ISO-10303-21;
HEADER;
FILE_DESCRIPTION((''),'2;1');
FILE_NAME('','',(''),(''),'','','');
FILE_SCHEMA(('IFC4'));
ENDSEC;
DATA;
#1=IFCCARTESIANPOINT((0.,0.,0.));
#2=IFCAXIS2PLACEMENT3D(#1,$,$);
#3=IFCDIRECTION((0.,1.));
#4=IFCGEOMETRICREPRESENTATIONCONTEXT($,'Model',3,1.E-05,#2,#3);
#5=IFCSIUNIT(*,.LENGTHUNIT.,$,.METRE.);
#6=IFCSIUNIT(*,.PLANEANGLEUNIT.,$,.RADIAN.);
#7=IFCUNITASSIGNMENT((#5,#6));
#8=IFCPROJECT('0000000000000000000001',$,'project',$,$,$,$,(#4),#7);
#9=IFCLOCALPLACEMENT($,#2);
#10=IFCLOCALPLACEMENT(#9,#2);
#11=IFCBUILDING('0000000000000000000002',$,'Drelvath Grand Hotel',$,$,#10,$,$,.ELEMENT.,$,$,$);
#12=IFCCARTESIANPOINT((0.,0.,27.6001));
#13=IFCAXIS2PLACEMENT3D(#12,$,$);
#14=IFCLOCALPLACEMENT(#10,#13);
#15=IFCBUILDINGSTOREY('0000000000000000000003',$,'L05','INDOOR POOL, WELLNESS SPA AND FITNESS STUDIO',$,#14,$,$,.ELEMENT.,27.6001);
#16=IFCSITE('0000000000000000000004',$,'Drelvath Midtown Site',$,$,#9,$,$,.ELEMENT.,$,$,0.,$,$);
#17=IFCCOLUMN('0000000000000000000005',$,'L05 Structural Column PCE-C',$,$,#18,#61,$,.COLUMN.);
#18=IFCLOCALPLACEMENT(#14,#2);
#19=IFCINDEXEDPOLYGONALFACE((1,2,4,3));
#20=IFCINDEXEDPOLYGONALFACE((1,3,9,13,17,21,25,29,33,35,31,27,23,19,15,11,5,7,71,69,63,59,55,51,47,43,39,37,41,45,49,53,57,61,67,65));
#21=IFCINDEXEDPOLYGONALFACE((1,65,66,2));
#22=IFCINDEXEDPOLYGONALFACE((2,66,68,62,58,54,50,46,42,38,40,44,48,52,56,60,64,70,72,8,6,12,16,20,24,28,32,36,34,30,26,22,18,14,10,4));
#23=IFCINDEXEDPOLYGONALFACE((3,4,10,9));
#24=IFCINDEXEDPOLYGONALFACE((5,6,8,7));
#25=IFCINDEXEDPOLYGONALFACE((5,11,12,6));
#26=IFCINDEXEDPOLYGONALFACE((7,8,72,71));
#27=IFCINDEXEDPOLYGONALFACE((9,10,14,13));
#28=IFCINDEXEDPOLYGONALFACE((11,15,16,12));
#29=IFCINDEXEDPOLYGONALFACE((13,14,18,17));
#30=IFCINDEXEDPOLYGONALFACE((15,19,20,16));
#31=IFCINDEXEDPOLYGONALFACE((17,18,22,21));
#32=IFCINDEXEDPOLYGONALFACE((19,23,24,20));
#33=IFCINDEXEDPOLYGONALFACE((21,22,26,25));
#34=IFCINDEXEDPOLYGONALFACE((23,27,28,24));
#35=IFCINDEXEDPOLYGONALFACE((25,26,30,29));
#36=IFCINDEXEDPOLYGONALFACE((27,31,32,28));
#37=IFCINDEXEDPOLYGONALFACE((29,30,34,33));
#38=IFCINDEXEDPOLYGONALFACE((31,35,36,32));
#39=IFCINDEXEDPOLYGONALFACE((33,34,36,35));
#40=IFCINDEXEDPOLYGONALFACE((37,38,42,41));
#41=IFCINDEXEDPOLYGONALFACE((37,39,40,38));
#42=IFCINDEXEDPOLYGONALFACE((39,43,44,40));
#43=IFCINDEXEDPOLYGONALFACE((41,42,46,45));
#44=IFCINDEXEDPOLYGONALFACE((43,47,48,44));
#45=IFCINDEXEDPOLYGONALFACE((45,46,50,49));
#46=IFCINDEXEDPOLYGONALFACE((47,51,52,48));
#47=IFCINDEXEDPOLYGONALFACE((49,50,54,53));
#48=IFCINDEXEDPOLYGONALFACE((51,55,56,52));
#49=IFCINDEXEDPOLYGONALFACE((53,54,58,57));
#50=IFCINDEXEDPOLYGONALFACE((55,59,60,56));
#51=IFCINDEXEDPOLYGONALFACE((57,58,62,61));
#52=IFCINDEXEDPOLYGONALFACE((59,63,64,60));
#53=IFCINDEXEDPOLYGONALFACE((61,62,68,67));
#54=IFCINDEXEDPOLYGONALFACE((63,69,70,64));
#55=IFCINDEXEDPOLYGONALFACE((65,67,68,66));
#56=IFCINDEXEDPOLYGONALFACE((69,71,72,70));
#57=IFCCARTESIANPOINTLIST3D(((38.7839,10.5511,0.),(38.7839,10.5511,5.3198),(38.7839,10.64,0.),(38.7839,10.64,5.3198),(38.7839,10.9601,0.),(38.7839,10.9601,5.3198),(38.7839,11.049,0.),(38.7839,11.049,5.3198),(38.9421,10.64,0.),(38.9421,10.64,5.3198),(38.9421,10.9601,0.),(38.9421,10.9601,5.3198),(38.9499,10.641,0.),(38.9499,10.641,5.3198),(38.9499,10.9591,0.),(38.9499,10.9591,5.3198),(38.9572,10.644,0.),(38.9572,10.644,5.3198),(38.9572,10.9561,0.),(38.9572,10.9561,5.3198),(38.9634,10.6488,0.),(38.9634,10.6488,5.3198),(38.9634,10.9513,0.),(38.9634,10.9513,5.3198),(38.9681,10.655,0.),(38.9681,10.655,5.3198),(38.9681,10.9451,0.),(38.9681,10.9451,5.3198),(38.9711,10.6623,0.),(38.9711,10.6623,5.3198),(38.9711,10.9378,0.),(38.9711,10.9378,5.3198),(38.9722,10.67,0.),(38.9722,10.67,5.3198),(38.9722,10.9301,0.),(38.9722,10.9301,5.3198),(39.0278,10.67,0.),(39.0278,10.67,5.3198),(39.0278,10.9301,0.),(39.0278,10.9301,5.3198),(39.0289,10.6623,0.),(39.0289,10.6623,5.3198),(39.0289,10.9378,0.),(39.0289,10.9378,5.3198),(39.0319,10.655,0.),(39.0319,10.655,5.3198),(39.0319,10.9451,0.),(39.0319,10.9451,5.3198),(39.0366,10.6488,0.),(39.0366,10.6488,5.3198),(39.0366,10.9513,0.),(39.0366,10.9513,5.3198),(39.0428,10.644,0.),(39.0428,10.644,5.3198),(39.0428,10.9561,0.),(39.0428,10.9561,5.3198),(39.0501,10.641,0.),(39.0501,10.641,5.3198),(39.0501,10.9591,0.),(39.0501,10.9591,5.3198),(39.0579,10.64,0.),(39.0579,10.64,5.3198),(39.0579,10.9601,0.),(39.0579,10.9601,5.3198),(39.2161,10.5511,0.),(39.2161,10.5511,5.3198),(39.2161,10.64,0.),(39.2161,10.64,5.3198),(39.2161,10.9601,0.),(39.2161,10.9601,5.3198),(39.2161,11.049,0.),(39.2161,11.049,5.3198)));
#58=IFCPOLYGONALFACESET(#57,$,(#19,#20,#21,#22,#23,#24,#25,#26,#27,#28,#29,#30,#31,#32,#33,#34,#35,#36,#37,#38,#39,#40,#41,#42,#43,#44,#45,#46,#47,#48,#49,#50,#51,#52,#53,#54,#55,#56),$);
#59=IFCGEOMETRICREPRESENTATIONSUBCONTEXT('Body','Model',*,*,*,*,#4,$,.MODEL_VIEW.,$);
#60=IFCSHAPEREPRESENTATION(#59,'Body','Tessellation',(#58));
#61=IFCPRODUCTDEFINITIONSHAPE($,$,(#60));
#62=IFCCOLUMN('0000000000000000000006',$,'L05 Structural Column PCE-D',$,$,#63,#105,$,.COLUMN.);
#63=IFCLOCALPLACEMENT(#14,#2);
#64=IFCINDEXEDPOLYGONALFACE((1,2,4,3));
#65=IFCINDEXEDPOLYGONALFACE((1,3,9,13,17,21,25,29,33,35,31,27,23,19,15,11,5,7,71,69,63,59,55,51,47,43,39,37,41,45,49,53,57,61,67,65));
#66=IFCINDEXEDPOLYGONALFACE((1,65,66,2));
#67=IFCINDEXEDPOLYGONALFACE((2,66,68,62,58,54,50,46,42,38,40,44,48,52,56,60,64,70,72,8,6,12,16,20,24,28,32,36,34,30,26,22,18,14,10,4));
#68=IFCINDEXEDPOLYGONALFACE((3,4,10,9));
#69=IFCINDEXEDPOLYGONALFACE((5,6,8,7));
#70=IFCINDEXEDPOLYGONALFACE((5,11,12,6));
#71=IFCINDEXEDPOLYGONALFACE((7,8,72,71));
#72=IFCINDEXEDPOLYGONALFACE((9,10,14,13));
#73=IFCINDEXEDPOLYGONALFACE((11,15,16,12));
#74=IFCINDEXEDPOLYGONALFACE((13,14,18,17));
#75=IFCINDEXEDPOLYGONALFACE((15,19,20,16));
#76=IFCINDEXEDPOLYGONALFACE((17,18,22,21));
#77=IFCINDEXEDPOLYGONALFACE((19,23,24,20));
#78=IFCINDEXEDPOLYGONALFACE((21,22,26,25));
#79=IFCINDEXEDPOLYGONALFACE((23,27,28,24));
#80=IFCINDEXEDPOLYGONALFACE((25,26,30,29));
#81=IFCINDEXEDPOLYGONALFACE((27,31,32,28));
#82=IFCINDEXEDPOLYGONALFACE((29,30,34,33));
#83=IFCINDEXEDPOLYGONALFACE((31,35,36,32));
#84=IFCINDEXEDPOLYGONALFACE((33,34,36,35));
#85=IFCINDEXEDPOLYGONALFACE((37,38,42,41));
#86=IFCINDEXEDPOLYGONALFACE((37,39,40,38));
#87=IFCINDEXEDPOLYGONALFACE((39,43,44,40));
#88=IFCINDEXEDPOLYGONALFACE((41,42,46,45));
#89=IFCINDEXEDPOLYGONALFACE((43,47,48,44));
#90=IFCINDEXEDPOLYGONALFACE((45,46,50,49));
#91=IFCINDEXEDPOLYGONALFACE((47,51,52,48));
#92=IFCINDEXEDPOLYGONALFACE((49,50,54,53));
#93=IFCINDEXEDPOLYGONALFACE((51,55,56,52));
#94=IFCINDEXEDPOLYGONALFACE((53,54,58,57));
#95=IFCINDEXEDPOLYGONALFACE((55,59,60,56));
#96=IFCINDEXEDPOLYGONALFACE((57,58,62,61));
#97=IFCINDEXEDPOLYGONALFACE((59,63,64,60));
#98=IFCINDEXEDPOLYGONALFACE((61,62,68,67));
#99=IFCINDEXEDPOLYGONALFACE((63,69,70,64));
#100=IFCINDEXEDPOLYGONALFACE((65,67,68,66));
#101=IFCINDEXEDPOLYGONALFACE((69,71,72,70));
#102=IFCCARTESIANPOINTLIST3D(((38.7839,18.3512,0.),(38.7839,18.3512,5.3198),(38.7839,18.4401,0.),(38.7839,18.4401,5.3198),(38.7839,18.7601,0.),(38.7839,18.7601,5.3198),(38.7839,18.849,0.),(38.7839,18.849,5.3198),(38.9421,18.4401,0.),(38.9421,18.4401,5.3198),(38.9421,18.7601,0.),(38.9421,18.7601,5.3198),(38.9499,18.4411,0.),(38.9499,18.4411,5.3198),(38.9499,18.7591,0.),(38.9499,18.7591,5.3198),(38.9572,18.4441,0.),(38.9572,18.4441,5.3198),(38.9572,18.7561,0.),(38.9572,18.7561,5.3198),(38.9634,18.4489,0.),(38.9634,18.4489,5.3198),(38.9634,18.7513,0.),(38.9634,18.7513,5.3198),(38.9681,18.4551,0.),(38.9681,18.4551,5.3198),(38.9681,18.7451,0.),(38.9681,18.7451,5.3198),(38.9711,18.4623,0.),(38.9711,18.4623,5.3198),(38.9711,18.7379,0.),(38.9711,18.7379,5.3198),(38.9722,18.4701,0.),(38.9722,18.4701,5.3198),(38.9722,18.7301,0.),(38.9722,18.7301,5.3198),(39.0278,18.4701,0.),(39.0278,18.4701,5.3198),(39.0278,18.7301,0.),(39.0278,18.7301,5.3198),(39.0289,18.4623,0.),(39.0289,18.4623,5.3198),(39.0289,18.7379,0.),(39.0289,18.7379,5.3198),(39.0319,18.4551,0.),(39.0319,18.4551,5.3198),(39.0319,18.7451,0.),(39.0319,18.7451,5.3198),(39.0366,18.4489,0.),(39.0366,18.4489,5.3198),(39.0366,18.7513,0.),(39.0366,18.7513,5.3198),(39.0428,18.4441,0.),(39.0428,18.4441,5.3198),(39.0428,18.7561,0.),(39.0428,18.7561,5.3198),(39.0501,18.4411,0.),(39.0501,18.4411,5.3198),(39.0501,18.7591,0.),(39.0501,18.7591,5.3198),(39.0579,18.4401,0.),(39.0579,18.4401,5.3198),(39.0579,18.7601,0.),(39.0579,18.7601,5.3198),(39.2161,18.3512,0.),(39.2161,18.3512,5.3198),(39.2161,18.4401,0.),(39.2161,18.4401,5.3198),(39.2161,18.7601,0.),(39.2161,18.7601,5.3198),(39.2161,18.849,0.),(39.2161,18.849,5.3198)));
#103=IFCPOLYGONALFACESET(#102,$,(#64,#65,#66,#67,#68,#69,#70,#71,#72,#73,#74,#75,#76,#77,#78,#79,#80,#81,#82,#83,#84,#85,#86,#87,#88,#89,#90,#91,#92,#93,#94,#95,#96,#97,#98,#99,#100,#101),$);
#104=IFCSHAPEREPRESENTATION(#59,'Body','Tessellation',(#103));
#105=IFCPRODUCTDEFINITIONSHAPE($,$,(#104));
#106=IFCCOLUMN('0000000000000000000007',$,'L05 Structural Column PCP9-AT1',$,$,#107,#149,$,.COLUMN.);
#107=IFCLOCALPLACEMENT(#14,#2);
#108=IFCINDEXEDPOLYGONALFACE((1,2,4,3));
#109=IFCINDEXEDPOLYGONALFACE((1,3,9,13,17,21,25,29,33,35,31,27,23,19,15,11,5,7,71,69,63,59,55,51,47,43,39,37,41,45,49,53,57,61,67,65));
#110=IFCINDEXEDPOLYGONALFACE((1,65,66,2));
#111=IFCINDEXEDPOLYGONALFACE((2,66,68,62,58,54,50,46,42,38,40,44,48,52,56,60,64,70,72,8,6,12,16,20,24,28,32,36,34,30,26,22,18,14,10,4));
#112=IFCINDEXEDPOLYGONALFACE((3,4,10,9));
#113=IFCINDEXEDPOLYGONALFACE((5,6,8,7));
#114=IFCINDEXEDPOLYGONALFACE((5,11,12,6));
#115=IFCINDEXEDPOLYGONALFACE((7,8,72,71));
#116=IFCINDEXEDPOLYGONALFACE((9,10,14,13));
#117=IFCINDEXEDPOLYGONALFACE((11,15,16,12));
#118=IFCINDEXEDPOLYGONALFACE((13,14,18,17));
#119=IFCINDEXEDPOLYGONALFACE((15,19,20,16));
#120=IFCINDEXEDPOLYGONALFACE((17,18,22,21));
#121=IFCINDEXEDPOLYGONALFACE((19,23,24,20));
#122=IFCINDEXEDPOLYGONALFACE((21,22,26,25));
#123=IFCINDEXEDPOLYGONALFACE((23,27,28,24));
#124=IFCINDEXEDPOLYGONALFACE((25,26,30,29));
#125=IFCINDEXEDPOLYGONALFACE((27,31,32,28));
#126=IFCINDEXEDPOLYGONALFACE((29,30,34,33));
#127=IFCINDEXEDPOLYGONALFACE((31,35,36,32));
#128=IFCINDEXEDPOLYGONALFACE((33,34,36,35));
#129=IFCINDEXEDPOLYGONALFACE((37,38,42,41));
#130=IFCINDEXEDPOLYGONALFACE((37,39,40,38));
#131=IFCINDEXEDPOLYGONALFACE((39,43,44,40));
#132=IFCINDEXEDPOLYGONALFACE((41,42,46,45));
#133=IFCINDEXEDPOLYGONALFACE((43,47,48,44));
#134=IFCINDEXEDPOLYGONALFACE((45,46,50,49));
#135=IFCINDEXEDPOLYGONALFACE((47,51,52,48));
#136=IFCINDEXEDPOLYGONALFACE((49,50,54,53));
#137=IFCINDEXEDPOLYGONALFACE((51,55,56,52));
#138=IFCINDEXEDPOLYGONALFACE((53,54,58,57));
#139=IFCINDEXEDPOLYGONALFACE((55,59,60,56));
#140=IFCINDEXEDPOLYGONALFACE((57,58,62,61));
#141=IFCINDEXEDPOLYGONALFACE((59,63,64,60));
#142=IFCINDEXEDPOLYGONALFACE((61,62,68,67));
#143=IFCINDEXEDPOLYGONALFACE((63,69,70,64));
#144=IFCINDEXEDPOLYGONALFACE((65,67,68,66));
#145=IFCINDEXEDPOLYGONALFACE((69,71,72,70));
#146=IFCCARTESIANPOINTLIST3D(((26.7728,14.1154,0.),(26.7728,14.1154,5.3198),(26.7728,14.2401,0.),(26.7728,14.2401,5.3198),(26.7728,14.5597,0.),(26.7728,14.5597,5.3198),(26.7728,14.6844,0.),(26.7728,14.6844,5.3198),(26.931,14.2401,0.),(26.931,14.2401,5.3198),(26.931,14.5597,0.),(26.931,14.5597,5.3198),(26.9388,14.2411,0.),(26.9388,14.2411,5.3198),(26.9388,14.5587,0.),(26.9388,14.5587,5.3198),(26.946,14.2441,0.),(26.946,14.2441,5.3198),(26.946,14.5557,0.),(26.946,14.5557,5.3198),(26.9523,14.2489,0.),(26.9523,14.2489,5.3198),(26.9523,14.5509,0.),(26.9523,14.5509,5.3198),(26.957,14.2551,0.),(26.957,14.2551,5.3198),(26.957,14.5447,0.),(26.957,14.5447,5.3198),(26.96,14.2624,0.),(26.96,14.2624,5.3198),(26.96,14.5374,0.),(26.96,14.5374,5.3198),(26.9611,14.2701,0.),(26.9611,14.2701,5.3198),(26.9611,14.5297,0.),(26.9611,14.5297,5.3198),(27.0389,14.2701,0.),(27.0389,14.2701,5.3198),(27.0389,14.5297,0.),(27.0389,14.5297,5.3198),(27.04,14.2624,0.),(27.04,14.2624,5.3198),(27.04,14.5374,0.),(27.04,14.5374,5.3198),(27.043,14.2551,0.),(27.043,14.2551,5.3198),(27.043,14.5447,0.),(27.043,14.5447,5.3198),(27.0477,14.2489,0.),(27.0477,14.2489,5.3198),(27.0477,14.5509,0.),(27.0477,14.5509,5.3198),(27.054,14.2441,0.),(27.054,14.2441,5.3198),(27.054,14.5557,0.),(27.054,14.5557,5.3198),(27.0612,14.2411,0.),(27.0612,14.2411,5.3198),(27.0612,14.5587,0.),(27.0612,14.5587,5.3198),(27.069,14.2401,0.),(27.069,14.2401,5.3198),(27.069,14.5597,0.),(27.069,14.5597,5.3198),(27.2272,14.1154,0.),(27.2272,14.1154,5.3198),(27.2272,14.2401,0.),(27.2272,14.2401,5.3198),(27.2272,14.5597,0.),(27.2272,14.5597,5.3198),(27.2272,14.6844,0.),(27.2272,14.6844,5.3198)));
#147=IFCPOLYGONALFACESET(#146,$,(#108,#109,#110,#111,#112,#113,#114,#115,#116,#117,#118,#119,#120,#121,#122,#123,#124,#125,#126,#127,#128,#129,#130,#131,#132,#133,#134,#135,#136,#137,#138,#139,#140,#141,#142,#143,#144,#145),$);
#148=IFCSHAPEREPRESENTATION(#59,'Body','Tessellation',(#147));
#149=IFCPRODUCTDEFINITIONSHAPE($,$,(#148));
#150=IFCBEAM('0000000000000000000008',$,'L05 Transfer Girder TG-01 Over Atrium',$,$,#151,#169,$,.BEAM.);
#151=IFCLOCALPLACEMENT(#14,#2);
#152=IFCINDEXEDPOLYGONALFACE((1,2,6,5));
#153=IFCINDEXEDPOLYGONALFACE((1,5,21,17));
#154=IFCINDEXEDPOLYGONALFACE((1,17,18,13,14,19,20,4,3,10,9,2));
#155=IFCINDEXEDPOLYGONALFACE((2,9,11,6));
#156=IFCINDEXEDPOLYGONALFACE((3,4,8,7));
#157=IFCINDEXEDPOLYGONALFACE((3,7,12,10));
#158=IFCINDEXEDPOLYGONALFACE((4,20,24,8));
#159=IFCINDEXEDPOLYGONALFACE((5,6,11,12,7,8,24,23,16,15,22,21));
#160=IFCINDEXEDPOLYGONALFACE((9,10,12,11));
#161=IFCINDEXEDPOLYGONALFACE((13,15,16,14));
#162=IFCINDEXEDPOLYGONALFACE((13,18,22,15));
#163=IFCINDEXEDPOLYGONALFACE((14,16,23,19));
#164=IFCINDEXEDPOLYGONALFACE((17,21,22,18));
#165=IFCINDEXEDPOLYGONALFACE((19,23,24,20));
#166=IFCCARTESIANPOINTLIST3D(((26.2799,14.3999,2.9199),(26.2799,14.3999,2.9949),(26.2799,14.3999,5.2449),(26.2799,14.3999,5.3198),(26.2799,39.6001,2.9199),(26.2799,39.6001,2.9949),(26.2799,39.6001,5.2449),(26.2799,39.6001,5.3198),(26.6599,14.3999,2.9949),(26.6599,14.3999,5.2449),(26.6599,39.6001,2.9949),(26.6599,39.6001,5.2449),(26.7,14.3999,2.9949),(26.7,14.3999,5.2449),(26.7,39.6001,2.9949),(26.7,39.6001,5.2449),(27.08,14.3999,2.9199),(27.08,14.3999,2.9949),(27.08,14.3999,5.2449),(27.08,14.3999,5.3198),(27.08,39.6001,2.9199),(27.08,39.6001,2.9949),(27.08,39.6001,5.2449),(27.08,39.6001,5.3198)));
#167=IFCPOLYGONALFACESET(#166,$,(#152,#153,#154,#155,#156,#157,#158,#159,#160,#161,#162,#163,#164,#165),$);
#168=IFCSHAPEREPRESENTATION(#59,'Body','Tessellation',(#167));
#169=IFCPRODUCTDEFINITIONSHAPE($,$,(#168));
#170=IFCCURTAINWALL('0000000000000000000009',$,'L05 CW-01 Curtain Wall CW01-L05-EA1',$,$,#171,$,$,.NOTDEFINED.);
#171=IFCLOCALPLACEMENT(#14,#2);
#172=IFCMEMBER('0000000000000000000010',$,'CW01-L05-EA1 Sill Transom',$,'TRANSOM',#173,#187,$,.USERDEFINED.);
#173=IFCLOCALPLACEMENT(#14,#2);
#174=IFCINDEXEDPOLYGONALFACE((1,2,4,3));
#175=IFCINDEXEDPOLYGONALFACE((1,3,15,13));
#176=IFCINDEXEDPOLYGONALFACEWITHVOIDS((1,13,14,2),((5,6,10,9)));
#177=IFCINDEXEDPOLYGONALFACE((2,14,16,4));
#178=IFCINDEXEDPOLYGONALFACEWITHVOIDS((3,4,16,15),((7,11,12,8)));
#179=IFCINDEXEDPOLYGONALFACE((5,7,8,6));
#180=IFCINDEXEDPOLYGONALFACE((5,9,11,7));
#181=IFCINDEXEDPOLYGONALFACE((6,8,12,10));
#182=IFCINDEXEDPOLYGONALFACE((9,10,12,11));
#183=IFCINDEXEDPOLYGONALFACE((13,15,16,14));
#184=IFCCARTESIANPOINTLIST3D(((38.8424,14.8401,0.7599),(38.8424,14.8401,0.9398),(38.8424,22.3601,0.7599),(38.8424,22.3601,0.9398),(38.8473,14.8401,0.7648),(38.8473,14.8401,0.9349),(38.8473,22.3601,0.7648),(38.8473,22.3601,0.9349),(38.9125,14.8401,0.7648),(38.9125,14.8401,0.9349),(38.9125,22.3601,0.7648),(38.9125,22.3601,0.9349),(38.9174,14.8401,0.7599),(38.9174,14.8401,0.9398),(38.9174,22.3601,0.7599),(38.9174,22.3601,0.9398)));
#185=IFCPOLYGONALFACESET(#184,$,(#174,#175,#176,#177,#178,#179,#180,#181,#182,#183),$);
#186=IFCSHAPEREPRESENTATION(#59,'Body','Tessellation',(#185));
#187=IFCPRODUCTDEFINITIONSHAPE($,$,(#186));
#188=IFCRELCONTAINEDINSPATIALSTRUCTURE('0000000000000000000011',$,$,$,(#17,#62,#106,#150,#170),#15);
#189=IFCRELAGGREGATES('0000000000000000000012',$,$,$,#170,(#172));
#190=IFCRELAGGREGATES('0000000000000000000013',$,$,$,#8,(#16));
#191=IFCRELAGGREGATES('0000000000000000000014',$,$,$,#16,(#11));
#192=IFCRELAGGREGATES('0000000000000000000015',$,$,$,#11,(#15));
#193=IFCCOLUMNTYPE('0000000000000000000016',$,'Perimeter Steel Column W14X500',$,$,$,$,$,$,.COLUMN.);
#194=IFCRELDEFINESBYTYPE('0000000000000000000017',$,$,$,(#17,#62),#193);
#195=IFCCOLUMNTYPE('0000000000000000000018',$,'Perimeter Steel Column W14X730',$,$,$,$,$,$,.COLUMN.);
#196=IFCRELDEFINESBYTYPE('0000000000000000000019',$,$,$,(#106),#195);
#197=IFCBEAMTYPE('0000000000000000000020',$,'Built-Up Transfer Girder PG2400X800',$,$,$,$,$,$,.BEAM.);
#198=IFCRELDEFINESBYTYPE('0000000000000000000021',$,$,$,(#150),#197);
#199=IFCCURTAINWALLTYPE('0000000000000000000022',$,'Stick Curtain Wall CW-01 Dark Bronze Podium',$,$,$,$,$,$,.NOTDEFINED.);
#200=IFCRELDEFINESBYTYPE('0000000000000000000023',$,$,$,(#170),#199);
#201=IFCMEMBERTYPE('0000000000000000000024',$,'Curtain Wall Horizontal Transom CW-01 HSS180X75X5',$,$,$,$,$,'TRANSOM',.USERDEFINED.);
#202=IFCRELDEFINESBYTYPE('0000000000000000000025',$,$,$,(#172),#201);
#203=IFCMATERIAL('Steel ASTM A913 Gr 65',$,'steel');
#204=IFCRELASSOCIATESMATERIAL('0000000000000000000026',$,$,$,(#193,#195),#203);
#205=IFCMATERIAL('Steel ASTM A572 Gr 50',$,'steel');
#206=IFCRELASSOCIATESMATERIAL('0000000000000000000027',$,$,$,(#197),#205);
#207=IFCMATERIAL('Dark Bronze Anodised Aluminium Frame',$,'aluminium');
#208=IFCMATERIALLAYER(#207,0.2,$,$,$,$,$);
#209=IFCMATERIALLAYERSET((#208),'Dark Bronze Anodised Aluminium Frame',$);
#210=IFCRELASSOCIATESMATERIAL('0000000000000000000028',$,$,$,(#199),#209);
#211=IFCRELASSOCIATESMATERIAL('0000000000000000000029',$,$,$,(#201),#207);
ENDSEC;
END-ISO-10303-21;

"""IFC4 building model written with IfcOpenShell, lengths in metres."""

from ifc_helpers import new_model, si_unit, direction, frame, origin, origin_2d, place, context, subcontext, project, spatial, hollow_rectangle, i_section, extrude, material, layer, layer_set, material_profile, profile_set, type_object, element, aggregate, save


model = new_model("IFC4")

# Units and contexts
model_context = context("Model", 3, precision=1e-05, world=origin(), true_north=direction((0.0, 1.0)))
body_context = subcontext(model_context, "Body", "Model", "MODEL_VIEW")
ifc_project = project(units=[si_unit("LENGTHUNIT", "METRE"), si_unit("PLANEANGLEUNIT", "RADIAN")], contexts=[model_context])

# Site, building, storey
site_placement = place(None, origin())
site = spatial("IfcSite", under=ifc_project, at=site_placement, Name="Drelvath Midtown Site", CompositionType="ELEMENT", RefElevation=0.0)
building_placement = place(site_placement, origin())
building = spatial("IfcBuilding", under=site, at=building_placement, Name="Drelvath Grand Hotel", CompositionType="ELEMENT")
storey_placement = place(building_placement, frame((0.0, 0.0, 27.6001)))
storey = spatial("IfcBuildingStorey", under=building, at=storey_placement, Name="L05", Description="INDOOR POOL, WELLNESS SPA AND FITNESS STUDIO", CompositionType="ELEMENT", Elevation=27.6001)

# Columns
ifc_material_1 = material(Name="Steel ASTM A913 Gr 65", Category="steel")
ifc_material_profile_1 = material_profile(ifc_material_1, i_section(OverallWidth=0.4321, OverallDepth=0.4978, WebThickness=0.0557, FlangeThickness=0.0889, FilletRadius=0.03, at=origin_2d()), Name="W14X500")
ifc_profile_set_1 = profile_set([ifc_material_profile_1], Name="Steel ASTM A913 Gr 65")
column_type_1 = type_object("IfcColumnType", Name="Perimeter Steel Column W14X500", PredefinedType="COLUMN", material=ifc_profile_set_1)
for number, where, z_axis, x_axis, name in (
    (1, (39.0, 10.8, 0.0), (0.0, 0.0, 1.0), (1.0, 0.0, 0.0), "L05 Structural Column PCE-C"),
    (2, (39.0, 18.6001, 0.0), (0.0, 0.0, 1.0), (1.0, 0.0, 0.0), "L05 Structural Column PCE-D"),
):
    element("IfcColumn", number, at=place(storey_placement, frame(where, z_axis=z_axis, x_axis=x_axis)), inside=storey, type_object=column_type_1, Name=name, PredefinedType="COLUMN", context=body_context, shape_type="SweptSolid", body=[
        extrude(i_section(OverallWidth=0.4321, OverallDepth=0.4978, WebThickness=0.0557, FlangeThickness=0.0889, FilletRadius=0.03, at=origin_2d()), origin(), (0.0, 0.0, 1.0), 5.3198),
    ])
ifc_material_profile_2 = material_profile(ifc_material_1, i_section(OverallWidth=0.4543, OverallDepth=0.5691, WebThickness=0.0779, FlangeThickness=0.1248, FilletRadius=0.03, at=origin_2d()), Name="W14X730")
ifc_profile_set_2 = profile_set([ifc_material_profile_2], Name="Steel ASTM A913 Gr 65")
column_type_2 = type_object("IfcColumnType", Name="Perimeter Steel Column W14X730", PredefinedType="COLUMN", material=ifc_profile_set_2)
column_placement = place(storey_placement, frame((27.0, 14.3999, 0.0), z_axis=(0.0, 0.0, 1.0), x_axis=(1.0, 0.0, 0.0)))
element("IfcColumn", 3, at=column_placement, inside=storey, type_object=column_type_2, Name="L05 Structural Column PCP9-AT1", PredefinedType="COLUMN", context=body_context, shape_type="SweptSolid", body=[
    extrude(i_section(OverallWidth=0.4543, OverallDepth=0.5691, WebThickness=0.0779, FlangeThickness=0.1248, FilletRadius=0.03, at=origin_2d()), origin(), (0.0, 0.0, 1.0), 5.3198),
])

# Beam
ifc_material_2 = material(Name="Steel ASTM A572 Gr 50", Category="steel")
ifc_material_profile_3 = material_profile(ifc_material_2, i_section(OverallWidth=0.8, OverallDepth=2.3999, WebThickness=0.04, FlangeThickness=0.075, at=origin_2d()), Name="PG2400X800")
ifc_profile_set_3 = profile_set([ifc_material_profile_3], Name="Steel ASTM A572 Gr 50")
beam_type_1 = type_object("IfcBeamType", Name="Built-Up Transfer Girder PG2400X800", PredefinedType="BEAM", material=ifc_profile_set_3)
beam_1_placement = place(storey_placement, frame((26.6799, 14.3999, 4.1199), z_axis=(0.0, 1.0, 0.0), x_axis=(-1.0, 0.0, 0.0)))
element("IfcBeam", 4, at=beam_1_placement, inside=storey, type_object=beam_type_1, Name="L05 Transfer Girder TG-01 Over Atrium", PredefinedType="BEAM", context=body_context, shape_type="SweptSolid", body=[
    extrude(i_section(OverallWidth=0.8, OverallDepth=2.3999, WebThickness=0.04, FlangeThickness=0.075, at=origin_2d()), origin(), (0.0, 0.0, 1.0), 25.2002),
])

# Curtain wall, member
ifc_material_3 = material(Name="Dark Bronze Anodised Aluminium Frame", Category="aluminium")
ifc_layer_1 = layer(ifc_material_3, 0.2)
ifc_layer_set_1 = layer_set([ifc_layer_1], Name="Dark Bronze Anodised Aluminium Frame")
curtain_wall_type = type_object("IfcCurtainWallType", Name="Stick Curtain Wall CW-01 Dark Bronze Podium", PredefinedType="NOTDEFINED", material=ifc_layer_set_1)
curtain_wall_placement = place(storey_placement, origin())
curtain_wall = element("IfcCurtainWall", 5, at=curtain_wall_placement, inside=storey, type_object=curtain_wall_type, Name="L05 CW-01 Curtain Wall CW01-L05-EA1", PredefinedType="NOTDEFINED")
ifc_material_profile_4 = material_profile(ifc_material_3, hollow_rectangle(XDim=0.075, YDim=0.1799, WallThickness=0.0049, at=origin_2d()), Name="HSS180X75X5")
ifc_profile_set_4 = profile_set([ifc_material_profile_4], Name="Dark Bronze Anodised Aluminium Frame")
member_type_1 = type_object("IfcMemberType", Name="Curtain Wall Horizontal Transom CW-01 HSS180X75X5", ElementType="TRANSOM", PredefinedType="USERDEFINED", material=ifc_profile_set_4)
member_1_placement = place(storey_placement, frame((38.8799, 22.3601, 0.8499), z_axis=(0.0, -1.0, 0.0), x_axis=(1.0, 0.0, 0.0)))
member_1 = element("IfcMember", 6, at=member_1_placement, type_object=member_type_1, Name="CW01-L05-EA1 Sill Transom", ObjectType="TRANSOM", PredefinedType="USERDEFINED", context=body_context, shape_type="SweptSolid", body=[
    extrude(hollow_rectangle(XDim=0.075, YDim=0.1799, WallThickness=0.0049, at=origin_2d()), origin(), (0.0, 0.0, 1.0), 7.52),
])

aggregate(curtain_wall, [member_1])

save(model, "model.ifc")
